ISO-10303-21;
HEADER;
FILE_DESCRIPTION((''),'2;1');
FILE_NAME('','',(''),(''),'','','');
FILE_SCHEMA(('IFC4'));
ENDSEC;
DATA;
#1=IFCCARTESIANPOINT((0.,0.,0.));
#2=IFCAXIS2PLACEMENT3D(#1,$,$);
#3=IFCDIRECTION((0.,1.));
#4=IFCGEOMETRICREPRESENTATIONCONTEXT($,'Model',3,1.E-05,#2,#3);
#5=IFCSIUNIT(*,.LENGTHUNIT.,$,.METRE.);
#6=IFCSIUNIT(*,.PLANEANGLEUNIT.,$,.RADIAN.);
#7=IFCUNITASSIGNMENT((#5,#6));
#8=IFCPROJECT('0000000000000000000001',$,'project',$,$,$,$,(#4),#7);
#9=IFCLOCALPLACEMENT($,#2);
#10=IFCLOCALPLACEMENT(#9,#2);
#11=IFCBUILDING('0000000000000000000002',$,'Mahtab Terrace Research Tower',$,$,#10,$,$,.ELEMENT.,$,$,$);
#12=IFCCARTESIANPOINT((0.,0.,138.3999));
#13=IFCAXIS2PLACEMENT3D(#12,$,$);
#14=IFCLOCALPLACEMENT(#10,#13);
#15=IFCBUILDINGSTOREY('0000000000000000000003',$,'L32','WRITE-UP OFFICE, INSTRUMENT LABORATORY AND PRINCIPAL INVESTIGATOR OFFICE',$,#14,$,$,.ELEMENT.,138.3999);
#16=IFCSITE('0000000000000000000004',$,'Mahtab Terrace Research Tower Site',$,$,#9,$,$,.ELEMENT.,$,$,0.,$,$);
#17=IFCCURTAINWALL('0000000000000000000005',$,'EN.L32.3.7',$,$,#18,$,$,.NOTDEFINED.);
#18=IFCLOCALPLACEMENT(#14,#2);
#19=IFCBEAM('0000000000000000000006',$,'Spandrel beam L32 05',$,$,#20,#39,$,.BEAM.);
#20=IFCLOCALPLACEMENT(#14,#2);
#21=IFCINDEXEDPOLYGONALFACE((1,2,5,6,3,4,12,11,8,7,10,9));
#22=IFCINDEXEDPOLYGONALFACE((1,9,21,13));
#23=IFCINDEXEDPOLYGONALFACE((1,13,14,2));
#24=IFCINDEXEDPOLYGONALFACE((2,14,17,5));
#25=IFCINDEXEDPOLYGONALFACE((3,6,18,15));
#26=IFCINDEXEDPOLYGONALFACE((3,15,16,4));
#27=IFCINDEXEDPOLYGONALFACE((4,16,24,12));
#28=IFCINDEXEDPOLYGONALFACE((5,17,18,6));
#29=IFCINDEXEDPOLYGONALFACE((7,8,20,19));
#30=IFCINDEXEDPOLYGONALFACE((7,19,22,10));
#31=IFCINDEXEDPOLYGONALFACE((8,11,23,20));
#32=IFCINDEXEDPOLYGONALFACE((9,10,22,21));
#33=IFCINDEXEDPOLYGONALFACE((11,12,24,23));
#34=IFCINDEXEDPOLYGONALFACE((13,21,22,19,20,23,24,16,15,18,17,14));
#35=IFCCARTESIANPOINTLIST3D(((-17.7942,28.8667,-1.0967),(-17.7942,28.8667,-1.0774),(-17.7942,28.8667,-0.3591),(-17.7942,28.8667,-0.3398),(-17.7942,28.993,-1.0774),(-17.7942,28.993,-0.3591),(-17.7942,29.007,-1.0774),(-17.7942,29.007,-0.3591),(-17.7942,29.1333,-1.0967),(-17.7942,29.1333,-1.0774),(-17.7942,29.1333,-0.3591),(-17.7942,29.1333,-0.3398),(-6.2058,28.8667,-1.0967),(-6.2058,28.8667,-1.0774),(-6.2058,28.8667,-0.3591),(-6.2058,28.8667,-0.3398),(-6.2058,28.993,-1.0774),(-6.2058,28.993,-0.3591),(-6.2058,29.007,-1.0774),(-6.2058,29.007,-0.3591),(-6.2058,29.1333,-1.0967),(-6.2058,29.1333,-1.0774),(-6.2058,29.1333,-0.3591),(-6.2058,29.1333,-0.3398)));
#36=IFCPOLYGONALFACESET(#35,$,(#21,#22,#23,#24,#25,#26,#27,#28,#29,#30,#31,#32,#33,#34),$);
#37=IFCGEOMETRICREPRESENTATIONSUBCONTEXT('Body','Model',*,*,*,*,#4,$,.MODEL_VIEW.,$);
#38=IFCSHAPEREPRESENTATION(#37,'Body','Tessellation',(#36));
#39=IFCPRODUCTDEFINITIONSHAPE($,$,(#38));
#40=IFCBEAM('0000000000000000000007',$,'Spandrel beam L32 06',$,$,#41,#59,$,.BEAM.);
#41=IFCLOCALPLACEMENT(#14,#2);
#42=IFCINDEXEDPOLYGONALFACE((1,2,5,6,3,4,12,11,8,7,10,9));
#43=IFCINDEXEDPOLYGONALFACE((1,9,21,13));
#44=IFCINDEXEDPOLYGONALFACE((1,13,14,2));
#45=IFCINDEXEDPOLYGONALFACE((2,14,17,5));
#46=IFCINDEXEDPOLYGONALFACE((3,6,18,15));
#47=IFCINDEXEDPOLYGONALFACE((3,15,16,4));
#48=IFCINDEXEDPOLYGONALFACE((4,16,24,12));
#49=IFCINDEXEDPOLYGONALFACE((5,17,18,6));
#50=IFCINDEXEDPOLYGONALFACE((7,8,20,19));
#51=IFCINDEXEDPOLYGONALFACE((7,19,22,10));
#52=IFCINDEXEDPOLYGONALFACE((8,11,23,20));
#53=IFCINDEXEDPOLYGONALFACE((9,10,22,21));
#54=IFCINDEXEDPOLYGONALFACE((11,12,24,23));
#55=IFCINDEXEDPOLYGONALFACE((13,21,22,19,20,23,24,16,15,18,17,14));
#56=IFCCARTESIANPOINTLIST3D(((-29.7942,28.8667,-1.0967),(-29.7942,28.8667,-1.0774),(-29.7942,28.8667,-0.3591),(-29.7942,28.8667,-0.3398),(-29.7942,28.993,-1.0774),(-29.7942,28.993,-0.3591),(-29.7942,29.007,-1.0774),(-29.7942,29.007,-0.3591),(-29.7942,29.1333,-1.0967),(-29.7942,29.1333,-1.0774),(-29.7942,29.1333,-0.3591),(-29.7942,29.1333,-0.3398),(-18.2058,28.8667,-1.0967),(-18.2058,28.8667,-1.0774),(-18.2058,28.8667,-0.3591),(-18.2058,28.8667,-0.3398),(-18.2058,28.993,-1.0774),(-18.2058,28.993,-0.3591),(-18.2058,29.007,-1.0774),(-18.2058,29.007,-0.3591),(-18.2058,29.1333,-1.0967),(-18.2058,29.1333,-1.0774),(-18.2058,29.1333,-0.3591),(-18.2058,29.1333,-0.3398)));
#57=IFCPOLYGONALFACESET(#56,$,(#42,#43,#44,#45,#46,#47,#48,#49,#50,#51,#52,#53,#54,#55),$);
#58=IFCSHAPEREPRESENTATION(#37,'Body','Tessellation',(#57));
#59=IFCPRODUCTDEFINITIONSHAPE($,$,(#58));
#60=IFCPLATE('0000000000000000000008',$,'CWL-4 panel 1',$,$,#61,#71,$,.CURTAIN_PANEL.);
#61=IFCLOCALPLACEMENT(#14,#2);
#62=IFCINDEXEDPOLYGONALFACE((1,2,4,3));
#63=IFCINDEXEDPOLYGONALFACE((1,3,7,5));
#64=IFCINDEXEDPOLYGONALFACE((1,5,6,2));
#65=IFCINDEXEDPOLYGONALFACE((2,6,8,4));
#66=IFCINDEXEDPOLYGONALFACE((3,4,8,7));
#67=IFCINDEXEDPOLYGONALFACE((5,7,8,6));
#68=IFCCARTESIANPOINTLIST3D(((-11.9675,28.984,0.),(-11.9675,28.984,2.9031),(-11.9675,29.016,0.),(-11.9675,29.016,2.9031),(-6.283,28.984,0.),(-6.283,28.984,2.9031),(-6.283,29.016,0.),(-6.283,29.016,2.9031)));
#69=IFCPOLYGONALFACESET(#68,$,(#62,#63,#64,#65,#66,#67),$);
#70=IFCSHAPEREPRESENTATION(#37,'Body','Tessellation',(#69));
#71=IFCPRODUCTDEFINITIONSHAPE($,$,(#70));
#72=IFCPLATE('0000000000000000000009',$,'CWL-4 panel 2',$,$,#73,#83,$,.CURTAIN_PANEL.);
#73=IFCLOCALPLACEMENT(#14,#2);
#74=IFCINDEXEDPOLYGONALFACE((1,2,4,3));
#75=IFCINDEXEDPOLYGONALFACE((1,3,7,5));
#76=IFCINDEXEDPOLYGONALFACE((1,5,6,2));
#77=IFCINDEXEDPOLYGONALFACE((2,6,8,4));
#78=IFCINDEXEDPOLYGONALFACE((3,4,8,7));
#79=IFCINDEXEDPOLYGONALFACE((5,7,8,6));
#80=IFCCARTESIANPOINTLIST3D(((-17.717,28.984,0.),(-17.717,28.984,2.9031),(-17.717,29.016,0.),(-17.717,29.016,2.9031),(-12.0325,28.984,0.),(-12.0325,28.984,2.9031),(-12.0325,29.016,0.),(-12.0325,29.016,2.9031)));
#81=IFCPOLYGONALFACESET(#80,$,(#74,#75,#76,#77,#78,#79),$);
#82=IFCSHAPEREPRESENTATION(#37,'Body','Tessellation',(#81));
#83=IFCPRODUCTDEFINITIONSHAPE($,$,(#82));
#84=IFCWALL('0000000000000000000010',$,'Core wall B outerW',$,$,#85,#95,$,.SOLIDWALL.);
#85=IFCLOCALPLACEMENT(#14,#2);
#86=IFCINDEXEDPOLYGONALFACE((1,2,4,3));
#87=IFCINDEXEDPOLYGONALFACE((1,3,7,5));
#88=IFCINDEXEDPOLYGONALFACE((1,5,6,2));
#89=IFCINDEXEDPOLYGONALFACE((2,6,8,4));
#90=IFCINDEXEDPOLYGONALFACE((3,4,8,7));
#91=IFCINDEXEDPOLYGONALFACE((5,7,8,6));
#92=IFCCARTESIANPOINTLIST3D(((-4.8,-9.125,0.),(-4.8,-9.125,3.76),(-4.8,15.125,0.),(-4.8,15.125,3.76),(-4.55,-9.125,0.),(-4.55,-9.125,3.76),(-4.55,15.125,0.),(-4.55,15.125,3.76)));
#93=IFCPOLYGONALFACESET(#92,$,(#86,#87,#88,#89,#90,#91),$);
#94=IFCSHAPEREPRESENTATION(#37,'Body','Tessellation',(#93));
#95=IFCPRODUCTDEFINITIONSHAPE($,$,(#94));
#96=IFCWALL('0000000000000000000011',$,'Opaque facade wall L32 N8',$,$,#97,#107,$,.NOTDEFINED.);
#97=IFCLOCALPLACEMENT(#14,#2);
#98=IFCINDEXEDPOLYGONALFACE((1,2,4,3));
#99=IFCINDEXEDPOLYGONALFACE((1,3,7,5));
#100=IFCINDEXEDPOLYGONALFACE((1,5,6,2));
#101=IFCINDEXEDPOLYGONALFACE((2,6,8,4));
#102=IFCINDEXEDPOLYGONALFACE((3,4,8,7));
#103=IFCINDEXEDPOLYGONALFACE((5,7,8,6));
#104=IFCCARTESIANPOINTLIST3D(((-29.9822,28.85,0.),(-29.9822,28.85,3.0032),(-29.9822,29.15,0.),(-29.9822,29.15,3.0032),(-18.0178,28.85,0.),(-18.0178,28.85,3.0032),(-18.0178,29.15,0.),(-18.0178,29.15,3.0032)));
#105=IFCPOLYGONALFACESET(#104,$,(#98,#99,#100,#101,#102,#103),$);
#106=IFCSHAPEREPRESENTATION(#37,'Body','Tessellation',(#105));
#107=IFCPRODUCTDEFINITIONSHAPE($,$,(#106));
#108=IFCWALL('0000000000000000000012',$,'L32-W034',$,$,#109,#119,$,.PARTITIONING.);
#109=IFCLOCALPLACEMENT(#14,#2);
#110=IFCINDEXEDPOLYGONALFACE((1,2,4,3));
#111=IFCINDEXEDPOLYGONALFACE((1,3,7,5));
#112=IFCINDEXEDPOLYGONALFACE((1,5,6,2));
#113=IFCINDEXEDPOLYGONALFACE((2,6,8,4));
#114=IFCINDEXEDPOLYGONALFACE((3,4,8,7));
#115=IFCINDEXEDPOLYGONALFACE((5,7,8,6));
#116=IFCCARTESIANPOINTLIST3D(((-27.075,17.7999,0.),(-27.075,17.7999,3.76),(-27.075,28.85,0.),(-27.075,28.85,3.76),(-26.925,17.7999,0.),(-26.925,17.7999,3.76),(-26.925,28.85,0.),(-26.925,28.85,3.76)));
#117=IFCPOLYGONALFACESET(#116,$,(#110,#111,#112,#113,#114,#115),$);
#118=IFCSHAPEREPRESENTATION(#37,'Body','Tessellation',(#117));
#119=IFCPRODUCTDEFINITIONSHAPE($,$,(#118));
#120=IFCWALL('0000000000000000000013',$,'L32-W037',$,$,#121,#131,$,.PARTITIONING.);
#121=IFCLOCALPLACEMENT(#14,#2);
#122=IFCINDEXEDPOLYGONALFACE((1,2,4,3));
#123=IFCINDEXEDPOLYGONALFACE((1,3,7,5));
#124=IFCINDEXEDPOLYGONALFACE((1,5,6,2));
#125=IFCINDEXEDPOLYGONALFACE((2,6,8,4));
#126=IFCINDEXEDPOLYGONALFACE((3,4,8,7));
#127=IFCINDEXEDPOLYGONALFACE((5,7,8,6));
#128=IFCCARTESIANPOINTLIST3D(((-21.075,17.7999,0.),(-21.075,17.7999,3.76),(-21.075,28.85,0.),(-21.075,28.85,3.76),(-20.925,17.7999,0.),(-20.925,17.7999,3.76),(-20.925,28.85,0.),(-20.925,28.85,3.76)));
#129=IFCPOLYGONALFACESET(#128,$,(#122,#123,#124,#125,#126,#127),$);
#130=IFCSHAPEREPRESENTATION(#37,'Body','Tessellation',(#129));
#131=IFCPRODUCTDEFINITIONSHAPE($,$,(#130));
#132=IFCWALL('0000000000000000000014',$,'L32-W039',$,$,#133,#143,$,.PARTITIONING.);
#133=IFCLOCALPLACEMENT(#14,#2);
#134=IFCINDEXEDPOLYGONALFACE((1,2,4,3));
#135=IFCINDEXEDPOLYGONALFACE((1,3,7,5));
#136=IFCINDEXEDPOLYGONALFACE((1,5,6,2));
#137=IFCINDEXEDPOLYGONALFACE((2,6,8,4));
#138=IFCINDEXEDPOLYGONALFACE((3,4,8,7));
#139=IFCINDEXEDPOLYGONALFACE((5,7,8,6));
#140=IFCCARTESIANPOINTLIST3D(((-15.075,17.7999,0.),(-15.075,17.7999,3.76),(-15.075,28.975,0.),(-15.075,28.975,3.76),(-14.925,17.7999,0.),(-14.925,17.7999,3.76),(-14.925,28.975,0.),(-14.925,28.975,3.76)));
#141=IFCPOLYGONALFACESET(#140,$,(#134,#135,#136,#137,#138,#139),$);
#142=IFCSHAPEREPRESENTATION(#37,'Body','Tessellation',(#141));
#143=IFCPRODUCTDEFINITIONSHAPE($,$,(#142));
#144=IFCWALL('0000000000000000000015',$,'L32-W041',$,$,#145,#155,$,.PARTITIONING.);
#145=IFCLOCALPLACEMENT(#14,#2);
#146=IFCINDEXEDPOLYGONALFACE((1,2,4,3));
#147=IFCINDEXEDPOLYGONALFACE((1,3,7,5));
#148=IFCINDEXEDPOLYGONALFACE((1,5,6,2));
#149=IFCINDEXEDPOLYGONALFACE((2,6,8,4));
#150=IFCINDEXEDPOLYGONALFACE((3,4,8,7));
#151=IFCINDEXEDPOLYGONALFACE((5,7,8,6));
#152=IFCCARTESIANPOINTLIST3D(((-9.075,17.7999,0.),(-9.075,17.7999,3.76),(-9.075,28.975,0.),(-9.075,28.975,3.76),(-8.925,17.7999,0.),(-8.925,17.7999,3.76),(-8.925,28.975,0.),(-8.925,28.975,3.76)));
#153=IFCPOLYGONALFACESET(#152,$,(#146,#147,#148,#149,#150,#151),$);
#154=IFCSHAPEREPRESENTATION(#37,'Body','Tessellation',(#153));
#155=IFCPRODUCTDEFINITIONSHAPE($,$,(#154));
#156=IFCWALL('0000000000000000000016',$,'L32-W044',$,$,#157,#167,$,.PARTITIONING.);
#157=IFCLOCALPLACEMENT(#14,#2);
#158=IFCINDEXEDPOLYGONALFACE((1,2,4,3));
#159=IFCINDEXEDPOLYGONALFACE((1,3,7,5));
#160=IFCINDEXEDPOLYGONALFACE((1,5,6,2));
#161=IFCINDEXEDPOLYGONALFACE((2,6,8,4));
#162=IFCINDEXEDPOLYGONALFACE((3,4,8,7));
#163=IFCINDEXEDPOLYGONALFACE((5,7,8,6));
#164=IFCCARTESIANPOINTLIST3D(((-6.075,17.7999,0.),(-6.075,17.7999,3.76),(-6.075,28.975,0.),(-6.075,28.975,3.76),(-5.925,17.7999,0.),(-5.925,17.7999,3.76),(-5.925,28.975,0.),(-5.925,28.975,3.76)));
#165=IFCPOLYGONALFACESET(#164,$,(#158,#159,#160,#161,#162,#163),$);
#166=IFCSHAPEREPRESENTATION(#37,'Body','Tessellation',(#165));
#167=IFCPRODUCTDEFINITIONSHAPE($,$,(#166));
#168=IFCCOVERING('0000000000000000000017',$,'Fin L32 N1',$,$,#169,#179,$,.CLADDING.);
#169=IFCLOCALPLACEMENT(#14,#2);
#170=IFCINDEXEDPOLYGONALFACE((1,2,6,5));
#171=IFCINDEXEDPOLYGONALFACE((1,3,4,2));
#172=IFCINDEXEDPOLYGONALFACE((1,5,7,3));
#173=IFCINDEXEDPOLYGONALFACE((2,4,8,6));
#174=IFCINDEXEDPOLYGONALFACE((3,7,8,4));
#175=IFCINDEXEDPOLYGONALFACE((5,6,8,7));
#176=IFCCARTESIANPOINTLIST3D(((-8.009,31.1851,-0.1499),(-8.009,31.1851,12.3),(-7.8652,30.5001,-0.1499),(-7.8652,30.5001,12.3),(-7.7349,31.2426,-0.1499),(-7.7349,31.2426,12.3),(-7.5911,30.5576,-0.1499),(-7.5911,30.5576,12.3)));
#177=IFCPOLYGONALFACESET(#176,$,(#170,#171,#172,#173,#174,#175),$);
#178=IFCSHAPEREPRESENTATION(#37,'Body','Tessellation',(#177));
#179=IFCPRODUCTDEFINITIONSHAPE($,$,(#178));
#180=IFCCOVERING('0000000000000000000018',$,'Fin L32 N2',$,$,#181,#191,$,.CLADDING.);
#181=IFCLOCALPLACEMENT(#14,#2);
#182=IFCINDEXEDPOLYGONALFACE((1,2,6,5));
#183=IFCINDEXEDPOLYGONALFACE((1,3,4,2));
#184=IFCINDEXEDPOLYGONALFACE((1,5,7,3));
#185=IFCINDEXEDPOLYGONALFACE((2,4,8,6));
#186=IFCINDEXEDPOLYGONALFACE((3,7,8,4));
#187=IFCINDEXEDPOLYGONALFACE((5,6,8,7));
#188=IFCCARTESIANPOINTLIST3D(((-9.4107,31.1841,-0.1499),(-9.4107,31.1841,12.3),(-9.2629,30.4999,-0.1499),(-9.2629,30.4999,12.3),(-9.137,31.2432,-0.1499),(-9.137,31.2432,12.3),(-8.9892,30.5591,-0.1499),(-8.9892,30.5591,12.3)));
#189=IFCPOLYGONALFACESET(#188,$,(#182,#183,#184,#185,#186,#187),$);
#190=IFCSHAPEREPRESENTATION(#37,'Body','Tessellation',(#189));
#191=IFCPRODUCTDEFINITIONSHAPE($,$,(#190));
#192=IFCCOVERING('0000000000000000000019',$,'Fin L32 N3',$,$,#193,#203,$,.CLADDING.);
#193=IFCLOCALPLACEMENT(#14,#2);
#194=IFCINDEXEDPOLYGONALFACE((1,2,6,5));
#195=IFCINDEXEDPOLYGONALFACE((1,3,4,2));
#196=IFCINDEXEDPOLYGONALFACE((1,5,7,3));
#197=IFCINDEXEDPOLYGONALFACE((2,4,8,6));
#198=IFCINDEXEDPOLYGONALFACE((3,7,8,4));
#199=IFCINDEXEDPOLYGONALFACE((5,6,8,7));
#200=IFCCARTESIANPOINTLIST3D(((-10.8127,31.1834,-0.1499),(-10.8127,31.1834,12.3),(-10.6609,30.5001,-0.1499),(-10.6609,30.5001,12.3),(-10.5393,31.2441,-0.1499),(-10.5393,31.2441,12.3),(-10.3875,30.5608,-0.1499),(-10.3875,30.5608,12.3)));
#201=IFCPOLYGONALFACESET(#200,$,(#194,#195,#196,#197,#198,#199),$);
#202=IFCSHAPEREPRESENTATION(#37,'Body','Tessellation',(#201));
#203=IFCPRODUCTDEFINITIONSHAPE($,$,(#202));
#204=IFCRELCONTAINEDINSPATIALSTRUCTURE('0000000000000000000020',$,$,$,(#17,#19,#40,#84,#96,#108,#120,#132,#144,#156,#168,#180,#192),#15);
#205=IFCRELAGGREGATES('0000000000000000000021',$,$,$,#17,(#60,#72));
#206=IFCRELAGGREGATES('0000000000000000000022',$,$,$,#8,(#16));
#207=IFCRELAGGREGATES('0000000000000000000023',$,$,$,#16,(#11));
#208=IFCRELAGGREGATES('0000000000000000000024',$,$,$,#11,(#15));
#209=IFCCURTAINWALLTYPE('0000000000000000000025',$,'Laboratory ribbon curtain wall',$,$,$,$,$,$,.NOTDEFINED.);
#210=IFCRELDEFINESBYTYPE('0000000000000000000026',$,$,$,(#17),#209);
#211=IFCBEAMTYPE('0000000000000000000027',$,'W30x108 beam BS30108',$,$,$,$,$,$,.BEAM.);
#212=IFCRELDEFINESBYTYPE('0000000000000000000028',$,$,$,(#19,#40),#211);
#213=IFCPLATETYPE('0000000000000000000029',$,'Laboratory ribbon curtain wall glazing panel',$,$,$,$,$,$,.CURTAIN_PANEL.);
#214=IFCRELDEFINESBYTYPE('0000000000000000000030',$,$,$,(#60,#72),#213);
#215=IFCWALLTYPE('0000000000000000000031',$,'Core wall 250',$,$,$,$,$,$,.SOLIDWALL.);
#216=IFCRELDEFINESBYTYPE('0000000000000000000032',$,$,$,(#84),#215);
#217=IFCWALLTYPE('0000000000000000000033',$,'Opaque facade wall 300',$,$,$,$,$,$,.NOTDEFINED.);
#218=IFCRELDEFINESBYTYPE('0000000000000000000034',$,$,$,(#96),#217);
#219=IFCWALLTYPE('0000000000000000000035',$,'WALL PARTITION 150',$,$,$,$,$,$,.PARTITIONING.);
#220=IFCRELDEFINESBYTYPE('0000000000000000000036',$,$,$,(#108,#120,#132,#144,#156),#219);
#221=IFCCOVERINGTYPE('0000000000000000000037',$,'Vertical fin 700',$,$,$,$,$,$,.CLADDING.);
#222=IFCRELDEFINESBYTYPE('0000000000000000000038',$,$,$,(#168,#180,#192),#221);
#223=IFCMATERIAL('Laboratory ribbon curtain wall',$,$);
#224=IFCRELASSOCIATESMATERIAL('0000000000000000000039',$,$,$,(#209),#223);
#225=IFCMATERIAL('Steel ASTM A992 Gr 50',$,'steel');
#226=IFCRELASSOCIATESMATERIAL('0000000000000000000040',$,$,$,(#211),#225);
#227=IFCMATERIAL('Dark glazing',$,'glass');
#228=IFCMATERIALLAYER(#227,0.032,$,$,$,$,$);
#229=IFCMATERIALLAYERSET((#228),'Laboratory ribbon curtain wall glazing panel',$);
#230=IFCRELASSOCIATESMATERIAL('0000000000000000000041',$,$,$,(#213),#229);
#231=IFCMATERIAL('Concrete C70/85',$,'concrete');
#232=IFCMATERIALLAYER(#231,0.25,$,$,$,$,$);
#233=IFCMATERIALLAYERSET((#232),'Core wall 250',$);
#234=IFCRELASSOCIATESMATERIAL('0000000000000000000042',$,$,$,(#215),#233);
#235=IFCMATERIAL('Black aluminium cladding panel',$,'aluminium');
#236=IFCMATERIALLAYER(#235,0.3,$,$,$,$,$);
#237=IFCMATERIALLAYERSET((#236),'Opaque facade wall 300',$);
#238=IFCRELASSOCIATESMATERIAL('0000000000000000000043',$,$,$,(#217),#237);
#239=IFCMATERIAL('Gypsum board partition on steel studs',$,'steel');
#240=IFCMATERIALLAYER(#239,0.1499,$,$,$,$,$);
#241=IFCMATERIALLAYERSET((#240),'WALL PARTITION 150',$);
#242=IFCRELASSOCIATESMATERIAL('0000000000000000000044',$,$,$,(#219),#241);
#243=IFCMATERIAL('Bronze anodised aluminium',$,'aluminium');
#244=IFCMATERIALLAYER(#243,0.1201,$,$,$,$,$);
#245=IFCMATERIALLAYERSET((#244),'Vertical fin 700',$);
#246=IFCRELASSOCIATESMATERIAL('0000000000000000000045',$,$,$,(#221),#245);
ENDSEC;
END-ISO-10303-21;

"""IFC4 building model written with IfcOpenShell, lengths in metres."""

from ifc_helpers import new_model, si_unit, direction, frame, frame_2d, origin, origin_2d, place, context, subcontext, project, spatial, rectangle, i_section, extrude, material, layer, layer_set, material_profile, profile_set, type_object, element, aggregate, save


model = new_model("IFC4")

# Units and contexts
model_context = context("Model", 3, precision=1e-05, world=origin(), true_north=direction((0.0, 1.0)))
body_context = subcontext(model_context, "Body", "Model", "MODEL_VIEW")
ifc_project = project(units=[si_unit("LENGTHUNIT", "METRE"), si_unit("PLANEANGLEUNIT", "RADIAN")], contexts=[model_context])

# Site, building, storey
site_placement = place(None, origin())
site = spatial("IfcSite", under=ifc_project, at=site_placement, Name="Mahtab Terrace Research Tower Site", CompositionType="ELEMENT", RefElevation=0.0)
building_placement = place(site_placement, origin())
building = spatial("IfcBuilding", under=site, at=building_placement, Name="Mahtab Terrace Research Tower", CompositionType="ELEMENT")
storey_placement = place(building_placement, frame((0.0, 0.0, 138.3999)))
storey = spatial("IfcBuildingStorey", under=building, at=storey_placement, Name="L32", Description="WRITE-UP OFFICE, INSTRUMENT LABORATORY AND PRINCIPAL INVESTIGATOR OFFICE", CompositionType="ELEMENT", Elevation=138.3999)

# Shared definitions
ifc_material_1 = material(Name="Steel ASTM A992 Gr 50", Category="steel")

# Curtain wall
ifc_material_2 = material(Name="Laboratory ribbon curtain wall")
curtain_wall_type = type_object("IfcCurtainWallType", Name="Laboratory ribbon curtain wall", PredefinedType="NOTDEFINED", material=ifc_material_2)
curtain_wall_placement = place(storey_placement, origin())
curtain_wall = element("IfcCurtainWall", 1, at=curtain_wall_placement, inside=storey, type_object=curtain_wall_type, Name="EN.L32.3.7", PredefinedType="NOTDEFINED")

# Beams
ifc_material_profile_1 = material_profile(ifc_material_1, i_section(OverallWidth=0.2666, OverallDepth=0.7568, WebThickness=0.0139, FlangeThickness=0.0193, at=origin_2d()), Name="W30X108")
ifc_profile_set_1 = profile_set([ifc_material_profile_1], Name="Steel ASTM A992 Gr 50")
beam_type = type_object("IfcBeamType", Name="W30x108 beam BS30108", PredefinedType="BEAM", material=ifc_profile_set_1)
for number, where, z_axis, x_axis, name in (
    (2, (-6.2058, 29.0, -0.7183), (-1.0, 0.0, 0.0), (0.0, -1.0, 0.0), "Spandrel beam L32 05"),
    (3, (-18.2058, 29.0, -0.7183), (-1.0, 0.0, 0.0), (0.0, -1.0, 0.0), "Spandrel beam L32 06"),
):
    element("IfcBeam", number, at=place(storey_placement, frame(where, z_axis=z_axis, x_axis=x_axis)), inside=storey, type_object=beam_type, Name=name, PredefinedType="BEAM", context=body_context, shape_type="SweptSolid", body=[
        extrude(i_section(OverallWidth=0.2666, OverallDepth=0.7568, WebThickness=0.0139, FlangeThickness=0.0193, at=origin_2d()), origin(), (0.0, 0.0, 1.0), 11.5884),
    ])

# Plates
ifc_material_3 = material(Name="Dark glazing", Category="glass")
ifc_layer_1 = layer(ifc_material_3, 0.032)
ifc_layer_set_1 = layer_set([ifc_layer_1], Name="Laboratory ribbon curtain wall glazing panel")
plate_type = type_object("IfcPlateType", Name="Laboratory ribbon curtain wall glazing panel", PredefinedType="CURTAIN_PANEL", material=ifc_layer_set_1)
plate_1_placement = place(storey_placement, frame((-9.1252, 29.0, 0.0), z_axis=(0.0, 0.0, 1.0), x_axis=(-1.0, 0.0, 0.0)))
plate_1 = element("IfcPlate", 4, at=plate_1_placement, type_object=plate_type, Name="CWL-4 panel 1", PredefinedType="CURTAIN_PANEL", context=body_context, shape_type="SweptSolid", body=[
    extrude(rectangle(XDim=5.6846, YDim=0.032, at=origin_2d()), origin(), (0.0, 0.0, 1.0), 2.9031),
])
plate_2_placement = place(storey_placement, frame((-14.8748, 29.0, 0.0), z_axis=(0.0, 0.0, 1.0), x_axis=(-1.0, 0.0, 0.0)))
plate_2 = element("IfcPlate", 5, at=plate_2_placement, type_object=plate_type, Name="CWL-4 panel 2", PredefinedType="CURTAIN_PANEL", context=body_context, shape_type="SweptSolid", body=[
    extrude(rectangle(XDim=5.6846, YDim=0.032, at=origin_2d()), origin(), (0.0, 0.0, 1.0), 2.9031),
])
aggregate(curtain_wall, [plate_1, plate_2])

# Walls
ifc_material_4 = material(Name="Concrete C70/85", Category="concrete")
ifc_layer_2 = layer(ifc_material_4, 0.25)
ifc_layer_set_2 = layer_set([ifc_layer_2], Name="Core wall 250")
wall_type_1 = type_object("IfcWallType", Name="Core wall 250", PredefinedType="SOLIDWALL", material=ifc_layer_set_2)
wall_1_placement = place(storey_placement, frame((-4.675, 15.125, 0.0), z_axis=(0.0, 0.0, 1.0), x_axis=(0.0, -1.0, 0.0)))
element("IfcWall", 6, at=wall_1_placement, inside=storey, type_object=wall_type_1, Name="Core wall B outerW", PredefinedType="SOLIDWALL", context=body_context, shape_type="SweptSolid", body=[
    extrude(rectangle(XDim=24.25, YDim=0.25, at=frame_2d((12.125, 0.0))), origin(), (0.0, 0.0, 1.0), 3.76),
])
ifc_material_5 = material(Name="Black aluminium cladding panel", Category="aluminium")
ifc_layer_3 = layer(ifc_material_5, 0.3)
ifc_layer_set_3 = layer_set([ifc_layer_3], Name="Opaque facade wall 300")
wall_type_2 = type_object("IfcWallType", Name="Opaque facade wall 300", PredefinedType="NOTDEFINED", material=ifc_layer_set_3)
wall_2_placement = place(storey_placement, frame((-18.0178, 29.0, 0.0), z_axis=(0.0, 0.0, 1.0), x_axis=(-1.0, 0.0, 0.0)))
element("IfcWall", 7, at=wall_2_placement, inside=storey, type_object=wall_type_2, Name="Opaque facade wall L32 N8", PredefinedType="NOTDEFINED", context=body_context, shape_type="SweptSolid", body=[
    extrude(rectangle(XDim=11.9644, YDim=0.3, at=frame_2d((5.9822, 0.0))), origin(), (0.0, 0.0, 1.0), 3.0032),
])
ifc_material_6 = material(Name="Gypsum board partition on steel studs", Category="steel")
ifc_layer_4 = layer(ifc_material_6, 0.1499)
ifc_layer_set_4 = layer_set([ifc_layer_4], Name="WALL PARTITION 150")
wall_type_3 = type_object("IfcWallType", Name="WALL PARTITION 150", PredefinedType="PARTITIONING", material=ifc_layer_set_4)
for number, where, z_axis, x_axis, name in (
    (8, (-27.0, 17.8, 0.0), (0.0, 0.0, 1.0), (0.0, 1.0, 0.0), "L32-W034"),
    (9, (-21.0, 17.8, 0.0), (0.0, 0.0, 1.0), (0.0, 1.0, 0.0), "L32-W037"),
):
    element("IfcWall", number, at=place(storey_placement, frame(where, z_axis=z_axis, x_axis=x_axis)), inside=storey, type_object=wall_type_3, Name=name, PredefinedType="PARTITIONING", context=body_context, shape_type="SweptSolid", body=[
        extrude(rectangle(XDim=11.05, YDim=0.1499, at=frame_2d((5.5249, 0.0))), origin(), (0.0, 0.0, 1.0), 3.76),
    ])
for number, where, z_axis, x_axis, name in (
    (10, (-15.0, 17.8, 0.0), (0.0, 0.0, 1.0), (0.0, 1.0, 0.0), "L32-W039"),
    (11, (-9.0, 17.8, 0.0), (0.0, 0.0, 1.0), (0.0, 1.0, 0.0), "L32-W041"),
    (12, (-6.0, 17.8, 0.0), (0.0, 0.0, 1.0), (0.0, 1.0, 0.0), "L32-W044"),
):
    element("IfcWall", number, at=place(storey_placement, frame(where, z_axis=z_axis, x_axis=x_axis)), inside=storey, type_object=wall_type_3, Name=name, PredefinedType="PARTITIONING", context=body_context, shape_type="SweptSolid", body=[
        extrude(rectangle(XDim=11.175, YDim=0.1499, at=frame_2d((5.5874, 0.0))), origin(), (0.0, 0.0, 1.0), 3.76),
    ])

# Coverings
ifc_material_7 = material(Name="Bronze anodised aluminium", Category="aluminium")
ifc_layer_5 = layer(ifc_material_7, 0.1201)
ifc_layer_set_5 = layer_set([ifc_layer_5], Name="Vertical fin 700")
covering_type = type_object("IfcCoveringType", Name="Vertical fin 700", PredefinedType="CLADDING", material=ifc_layer_set_5)
for number, where, z_axis, x_axis, name in (
    (13, (-7.8, 30.8713, -0.1499), (0.0, 0.0, 1.0), (-0.978663, -0.205472, 0.0), "Fin L32 N1"),
    (14, (-9.2, 30.8716, -0.1499), (0.0, 0.0, 1.0), (-0.977451, -0.211162, 0.0), "Fin L32 N2"),
    (15, (-10.6001, 30.8721, -0.1499), (0.0, 0.0, 1.0), (-0.976206, -0.216845, 0.0), "Fin L32 N3"),
):
    element("IfcCovering", number, at=place(storey_placement, frame(where, z_axis=z_axis, x_axis=x_axis)), inside=storey, type_object=covering_type, Name=name, PredefinedType="CLADDING", context=body_context, shape_type="SweptSolid", body=[
        extrude(rectangle(XDim=0.28, YDim=0.7, at=origin_2d()), origin(), (0.0, 0.0, 1.0), 12.45),
    ])

save(model, "model.ifc")
